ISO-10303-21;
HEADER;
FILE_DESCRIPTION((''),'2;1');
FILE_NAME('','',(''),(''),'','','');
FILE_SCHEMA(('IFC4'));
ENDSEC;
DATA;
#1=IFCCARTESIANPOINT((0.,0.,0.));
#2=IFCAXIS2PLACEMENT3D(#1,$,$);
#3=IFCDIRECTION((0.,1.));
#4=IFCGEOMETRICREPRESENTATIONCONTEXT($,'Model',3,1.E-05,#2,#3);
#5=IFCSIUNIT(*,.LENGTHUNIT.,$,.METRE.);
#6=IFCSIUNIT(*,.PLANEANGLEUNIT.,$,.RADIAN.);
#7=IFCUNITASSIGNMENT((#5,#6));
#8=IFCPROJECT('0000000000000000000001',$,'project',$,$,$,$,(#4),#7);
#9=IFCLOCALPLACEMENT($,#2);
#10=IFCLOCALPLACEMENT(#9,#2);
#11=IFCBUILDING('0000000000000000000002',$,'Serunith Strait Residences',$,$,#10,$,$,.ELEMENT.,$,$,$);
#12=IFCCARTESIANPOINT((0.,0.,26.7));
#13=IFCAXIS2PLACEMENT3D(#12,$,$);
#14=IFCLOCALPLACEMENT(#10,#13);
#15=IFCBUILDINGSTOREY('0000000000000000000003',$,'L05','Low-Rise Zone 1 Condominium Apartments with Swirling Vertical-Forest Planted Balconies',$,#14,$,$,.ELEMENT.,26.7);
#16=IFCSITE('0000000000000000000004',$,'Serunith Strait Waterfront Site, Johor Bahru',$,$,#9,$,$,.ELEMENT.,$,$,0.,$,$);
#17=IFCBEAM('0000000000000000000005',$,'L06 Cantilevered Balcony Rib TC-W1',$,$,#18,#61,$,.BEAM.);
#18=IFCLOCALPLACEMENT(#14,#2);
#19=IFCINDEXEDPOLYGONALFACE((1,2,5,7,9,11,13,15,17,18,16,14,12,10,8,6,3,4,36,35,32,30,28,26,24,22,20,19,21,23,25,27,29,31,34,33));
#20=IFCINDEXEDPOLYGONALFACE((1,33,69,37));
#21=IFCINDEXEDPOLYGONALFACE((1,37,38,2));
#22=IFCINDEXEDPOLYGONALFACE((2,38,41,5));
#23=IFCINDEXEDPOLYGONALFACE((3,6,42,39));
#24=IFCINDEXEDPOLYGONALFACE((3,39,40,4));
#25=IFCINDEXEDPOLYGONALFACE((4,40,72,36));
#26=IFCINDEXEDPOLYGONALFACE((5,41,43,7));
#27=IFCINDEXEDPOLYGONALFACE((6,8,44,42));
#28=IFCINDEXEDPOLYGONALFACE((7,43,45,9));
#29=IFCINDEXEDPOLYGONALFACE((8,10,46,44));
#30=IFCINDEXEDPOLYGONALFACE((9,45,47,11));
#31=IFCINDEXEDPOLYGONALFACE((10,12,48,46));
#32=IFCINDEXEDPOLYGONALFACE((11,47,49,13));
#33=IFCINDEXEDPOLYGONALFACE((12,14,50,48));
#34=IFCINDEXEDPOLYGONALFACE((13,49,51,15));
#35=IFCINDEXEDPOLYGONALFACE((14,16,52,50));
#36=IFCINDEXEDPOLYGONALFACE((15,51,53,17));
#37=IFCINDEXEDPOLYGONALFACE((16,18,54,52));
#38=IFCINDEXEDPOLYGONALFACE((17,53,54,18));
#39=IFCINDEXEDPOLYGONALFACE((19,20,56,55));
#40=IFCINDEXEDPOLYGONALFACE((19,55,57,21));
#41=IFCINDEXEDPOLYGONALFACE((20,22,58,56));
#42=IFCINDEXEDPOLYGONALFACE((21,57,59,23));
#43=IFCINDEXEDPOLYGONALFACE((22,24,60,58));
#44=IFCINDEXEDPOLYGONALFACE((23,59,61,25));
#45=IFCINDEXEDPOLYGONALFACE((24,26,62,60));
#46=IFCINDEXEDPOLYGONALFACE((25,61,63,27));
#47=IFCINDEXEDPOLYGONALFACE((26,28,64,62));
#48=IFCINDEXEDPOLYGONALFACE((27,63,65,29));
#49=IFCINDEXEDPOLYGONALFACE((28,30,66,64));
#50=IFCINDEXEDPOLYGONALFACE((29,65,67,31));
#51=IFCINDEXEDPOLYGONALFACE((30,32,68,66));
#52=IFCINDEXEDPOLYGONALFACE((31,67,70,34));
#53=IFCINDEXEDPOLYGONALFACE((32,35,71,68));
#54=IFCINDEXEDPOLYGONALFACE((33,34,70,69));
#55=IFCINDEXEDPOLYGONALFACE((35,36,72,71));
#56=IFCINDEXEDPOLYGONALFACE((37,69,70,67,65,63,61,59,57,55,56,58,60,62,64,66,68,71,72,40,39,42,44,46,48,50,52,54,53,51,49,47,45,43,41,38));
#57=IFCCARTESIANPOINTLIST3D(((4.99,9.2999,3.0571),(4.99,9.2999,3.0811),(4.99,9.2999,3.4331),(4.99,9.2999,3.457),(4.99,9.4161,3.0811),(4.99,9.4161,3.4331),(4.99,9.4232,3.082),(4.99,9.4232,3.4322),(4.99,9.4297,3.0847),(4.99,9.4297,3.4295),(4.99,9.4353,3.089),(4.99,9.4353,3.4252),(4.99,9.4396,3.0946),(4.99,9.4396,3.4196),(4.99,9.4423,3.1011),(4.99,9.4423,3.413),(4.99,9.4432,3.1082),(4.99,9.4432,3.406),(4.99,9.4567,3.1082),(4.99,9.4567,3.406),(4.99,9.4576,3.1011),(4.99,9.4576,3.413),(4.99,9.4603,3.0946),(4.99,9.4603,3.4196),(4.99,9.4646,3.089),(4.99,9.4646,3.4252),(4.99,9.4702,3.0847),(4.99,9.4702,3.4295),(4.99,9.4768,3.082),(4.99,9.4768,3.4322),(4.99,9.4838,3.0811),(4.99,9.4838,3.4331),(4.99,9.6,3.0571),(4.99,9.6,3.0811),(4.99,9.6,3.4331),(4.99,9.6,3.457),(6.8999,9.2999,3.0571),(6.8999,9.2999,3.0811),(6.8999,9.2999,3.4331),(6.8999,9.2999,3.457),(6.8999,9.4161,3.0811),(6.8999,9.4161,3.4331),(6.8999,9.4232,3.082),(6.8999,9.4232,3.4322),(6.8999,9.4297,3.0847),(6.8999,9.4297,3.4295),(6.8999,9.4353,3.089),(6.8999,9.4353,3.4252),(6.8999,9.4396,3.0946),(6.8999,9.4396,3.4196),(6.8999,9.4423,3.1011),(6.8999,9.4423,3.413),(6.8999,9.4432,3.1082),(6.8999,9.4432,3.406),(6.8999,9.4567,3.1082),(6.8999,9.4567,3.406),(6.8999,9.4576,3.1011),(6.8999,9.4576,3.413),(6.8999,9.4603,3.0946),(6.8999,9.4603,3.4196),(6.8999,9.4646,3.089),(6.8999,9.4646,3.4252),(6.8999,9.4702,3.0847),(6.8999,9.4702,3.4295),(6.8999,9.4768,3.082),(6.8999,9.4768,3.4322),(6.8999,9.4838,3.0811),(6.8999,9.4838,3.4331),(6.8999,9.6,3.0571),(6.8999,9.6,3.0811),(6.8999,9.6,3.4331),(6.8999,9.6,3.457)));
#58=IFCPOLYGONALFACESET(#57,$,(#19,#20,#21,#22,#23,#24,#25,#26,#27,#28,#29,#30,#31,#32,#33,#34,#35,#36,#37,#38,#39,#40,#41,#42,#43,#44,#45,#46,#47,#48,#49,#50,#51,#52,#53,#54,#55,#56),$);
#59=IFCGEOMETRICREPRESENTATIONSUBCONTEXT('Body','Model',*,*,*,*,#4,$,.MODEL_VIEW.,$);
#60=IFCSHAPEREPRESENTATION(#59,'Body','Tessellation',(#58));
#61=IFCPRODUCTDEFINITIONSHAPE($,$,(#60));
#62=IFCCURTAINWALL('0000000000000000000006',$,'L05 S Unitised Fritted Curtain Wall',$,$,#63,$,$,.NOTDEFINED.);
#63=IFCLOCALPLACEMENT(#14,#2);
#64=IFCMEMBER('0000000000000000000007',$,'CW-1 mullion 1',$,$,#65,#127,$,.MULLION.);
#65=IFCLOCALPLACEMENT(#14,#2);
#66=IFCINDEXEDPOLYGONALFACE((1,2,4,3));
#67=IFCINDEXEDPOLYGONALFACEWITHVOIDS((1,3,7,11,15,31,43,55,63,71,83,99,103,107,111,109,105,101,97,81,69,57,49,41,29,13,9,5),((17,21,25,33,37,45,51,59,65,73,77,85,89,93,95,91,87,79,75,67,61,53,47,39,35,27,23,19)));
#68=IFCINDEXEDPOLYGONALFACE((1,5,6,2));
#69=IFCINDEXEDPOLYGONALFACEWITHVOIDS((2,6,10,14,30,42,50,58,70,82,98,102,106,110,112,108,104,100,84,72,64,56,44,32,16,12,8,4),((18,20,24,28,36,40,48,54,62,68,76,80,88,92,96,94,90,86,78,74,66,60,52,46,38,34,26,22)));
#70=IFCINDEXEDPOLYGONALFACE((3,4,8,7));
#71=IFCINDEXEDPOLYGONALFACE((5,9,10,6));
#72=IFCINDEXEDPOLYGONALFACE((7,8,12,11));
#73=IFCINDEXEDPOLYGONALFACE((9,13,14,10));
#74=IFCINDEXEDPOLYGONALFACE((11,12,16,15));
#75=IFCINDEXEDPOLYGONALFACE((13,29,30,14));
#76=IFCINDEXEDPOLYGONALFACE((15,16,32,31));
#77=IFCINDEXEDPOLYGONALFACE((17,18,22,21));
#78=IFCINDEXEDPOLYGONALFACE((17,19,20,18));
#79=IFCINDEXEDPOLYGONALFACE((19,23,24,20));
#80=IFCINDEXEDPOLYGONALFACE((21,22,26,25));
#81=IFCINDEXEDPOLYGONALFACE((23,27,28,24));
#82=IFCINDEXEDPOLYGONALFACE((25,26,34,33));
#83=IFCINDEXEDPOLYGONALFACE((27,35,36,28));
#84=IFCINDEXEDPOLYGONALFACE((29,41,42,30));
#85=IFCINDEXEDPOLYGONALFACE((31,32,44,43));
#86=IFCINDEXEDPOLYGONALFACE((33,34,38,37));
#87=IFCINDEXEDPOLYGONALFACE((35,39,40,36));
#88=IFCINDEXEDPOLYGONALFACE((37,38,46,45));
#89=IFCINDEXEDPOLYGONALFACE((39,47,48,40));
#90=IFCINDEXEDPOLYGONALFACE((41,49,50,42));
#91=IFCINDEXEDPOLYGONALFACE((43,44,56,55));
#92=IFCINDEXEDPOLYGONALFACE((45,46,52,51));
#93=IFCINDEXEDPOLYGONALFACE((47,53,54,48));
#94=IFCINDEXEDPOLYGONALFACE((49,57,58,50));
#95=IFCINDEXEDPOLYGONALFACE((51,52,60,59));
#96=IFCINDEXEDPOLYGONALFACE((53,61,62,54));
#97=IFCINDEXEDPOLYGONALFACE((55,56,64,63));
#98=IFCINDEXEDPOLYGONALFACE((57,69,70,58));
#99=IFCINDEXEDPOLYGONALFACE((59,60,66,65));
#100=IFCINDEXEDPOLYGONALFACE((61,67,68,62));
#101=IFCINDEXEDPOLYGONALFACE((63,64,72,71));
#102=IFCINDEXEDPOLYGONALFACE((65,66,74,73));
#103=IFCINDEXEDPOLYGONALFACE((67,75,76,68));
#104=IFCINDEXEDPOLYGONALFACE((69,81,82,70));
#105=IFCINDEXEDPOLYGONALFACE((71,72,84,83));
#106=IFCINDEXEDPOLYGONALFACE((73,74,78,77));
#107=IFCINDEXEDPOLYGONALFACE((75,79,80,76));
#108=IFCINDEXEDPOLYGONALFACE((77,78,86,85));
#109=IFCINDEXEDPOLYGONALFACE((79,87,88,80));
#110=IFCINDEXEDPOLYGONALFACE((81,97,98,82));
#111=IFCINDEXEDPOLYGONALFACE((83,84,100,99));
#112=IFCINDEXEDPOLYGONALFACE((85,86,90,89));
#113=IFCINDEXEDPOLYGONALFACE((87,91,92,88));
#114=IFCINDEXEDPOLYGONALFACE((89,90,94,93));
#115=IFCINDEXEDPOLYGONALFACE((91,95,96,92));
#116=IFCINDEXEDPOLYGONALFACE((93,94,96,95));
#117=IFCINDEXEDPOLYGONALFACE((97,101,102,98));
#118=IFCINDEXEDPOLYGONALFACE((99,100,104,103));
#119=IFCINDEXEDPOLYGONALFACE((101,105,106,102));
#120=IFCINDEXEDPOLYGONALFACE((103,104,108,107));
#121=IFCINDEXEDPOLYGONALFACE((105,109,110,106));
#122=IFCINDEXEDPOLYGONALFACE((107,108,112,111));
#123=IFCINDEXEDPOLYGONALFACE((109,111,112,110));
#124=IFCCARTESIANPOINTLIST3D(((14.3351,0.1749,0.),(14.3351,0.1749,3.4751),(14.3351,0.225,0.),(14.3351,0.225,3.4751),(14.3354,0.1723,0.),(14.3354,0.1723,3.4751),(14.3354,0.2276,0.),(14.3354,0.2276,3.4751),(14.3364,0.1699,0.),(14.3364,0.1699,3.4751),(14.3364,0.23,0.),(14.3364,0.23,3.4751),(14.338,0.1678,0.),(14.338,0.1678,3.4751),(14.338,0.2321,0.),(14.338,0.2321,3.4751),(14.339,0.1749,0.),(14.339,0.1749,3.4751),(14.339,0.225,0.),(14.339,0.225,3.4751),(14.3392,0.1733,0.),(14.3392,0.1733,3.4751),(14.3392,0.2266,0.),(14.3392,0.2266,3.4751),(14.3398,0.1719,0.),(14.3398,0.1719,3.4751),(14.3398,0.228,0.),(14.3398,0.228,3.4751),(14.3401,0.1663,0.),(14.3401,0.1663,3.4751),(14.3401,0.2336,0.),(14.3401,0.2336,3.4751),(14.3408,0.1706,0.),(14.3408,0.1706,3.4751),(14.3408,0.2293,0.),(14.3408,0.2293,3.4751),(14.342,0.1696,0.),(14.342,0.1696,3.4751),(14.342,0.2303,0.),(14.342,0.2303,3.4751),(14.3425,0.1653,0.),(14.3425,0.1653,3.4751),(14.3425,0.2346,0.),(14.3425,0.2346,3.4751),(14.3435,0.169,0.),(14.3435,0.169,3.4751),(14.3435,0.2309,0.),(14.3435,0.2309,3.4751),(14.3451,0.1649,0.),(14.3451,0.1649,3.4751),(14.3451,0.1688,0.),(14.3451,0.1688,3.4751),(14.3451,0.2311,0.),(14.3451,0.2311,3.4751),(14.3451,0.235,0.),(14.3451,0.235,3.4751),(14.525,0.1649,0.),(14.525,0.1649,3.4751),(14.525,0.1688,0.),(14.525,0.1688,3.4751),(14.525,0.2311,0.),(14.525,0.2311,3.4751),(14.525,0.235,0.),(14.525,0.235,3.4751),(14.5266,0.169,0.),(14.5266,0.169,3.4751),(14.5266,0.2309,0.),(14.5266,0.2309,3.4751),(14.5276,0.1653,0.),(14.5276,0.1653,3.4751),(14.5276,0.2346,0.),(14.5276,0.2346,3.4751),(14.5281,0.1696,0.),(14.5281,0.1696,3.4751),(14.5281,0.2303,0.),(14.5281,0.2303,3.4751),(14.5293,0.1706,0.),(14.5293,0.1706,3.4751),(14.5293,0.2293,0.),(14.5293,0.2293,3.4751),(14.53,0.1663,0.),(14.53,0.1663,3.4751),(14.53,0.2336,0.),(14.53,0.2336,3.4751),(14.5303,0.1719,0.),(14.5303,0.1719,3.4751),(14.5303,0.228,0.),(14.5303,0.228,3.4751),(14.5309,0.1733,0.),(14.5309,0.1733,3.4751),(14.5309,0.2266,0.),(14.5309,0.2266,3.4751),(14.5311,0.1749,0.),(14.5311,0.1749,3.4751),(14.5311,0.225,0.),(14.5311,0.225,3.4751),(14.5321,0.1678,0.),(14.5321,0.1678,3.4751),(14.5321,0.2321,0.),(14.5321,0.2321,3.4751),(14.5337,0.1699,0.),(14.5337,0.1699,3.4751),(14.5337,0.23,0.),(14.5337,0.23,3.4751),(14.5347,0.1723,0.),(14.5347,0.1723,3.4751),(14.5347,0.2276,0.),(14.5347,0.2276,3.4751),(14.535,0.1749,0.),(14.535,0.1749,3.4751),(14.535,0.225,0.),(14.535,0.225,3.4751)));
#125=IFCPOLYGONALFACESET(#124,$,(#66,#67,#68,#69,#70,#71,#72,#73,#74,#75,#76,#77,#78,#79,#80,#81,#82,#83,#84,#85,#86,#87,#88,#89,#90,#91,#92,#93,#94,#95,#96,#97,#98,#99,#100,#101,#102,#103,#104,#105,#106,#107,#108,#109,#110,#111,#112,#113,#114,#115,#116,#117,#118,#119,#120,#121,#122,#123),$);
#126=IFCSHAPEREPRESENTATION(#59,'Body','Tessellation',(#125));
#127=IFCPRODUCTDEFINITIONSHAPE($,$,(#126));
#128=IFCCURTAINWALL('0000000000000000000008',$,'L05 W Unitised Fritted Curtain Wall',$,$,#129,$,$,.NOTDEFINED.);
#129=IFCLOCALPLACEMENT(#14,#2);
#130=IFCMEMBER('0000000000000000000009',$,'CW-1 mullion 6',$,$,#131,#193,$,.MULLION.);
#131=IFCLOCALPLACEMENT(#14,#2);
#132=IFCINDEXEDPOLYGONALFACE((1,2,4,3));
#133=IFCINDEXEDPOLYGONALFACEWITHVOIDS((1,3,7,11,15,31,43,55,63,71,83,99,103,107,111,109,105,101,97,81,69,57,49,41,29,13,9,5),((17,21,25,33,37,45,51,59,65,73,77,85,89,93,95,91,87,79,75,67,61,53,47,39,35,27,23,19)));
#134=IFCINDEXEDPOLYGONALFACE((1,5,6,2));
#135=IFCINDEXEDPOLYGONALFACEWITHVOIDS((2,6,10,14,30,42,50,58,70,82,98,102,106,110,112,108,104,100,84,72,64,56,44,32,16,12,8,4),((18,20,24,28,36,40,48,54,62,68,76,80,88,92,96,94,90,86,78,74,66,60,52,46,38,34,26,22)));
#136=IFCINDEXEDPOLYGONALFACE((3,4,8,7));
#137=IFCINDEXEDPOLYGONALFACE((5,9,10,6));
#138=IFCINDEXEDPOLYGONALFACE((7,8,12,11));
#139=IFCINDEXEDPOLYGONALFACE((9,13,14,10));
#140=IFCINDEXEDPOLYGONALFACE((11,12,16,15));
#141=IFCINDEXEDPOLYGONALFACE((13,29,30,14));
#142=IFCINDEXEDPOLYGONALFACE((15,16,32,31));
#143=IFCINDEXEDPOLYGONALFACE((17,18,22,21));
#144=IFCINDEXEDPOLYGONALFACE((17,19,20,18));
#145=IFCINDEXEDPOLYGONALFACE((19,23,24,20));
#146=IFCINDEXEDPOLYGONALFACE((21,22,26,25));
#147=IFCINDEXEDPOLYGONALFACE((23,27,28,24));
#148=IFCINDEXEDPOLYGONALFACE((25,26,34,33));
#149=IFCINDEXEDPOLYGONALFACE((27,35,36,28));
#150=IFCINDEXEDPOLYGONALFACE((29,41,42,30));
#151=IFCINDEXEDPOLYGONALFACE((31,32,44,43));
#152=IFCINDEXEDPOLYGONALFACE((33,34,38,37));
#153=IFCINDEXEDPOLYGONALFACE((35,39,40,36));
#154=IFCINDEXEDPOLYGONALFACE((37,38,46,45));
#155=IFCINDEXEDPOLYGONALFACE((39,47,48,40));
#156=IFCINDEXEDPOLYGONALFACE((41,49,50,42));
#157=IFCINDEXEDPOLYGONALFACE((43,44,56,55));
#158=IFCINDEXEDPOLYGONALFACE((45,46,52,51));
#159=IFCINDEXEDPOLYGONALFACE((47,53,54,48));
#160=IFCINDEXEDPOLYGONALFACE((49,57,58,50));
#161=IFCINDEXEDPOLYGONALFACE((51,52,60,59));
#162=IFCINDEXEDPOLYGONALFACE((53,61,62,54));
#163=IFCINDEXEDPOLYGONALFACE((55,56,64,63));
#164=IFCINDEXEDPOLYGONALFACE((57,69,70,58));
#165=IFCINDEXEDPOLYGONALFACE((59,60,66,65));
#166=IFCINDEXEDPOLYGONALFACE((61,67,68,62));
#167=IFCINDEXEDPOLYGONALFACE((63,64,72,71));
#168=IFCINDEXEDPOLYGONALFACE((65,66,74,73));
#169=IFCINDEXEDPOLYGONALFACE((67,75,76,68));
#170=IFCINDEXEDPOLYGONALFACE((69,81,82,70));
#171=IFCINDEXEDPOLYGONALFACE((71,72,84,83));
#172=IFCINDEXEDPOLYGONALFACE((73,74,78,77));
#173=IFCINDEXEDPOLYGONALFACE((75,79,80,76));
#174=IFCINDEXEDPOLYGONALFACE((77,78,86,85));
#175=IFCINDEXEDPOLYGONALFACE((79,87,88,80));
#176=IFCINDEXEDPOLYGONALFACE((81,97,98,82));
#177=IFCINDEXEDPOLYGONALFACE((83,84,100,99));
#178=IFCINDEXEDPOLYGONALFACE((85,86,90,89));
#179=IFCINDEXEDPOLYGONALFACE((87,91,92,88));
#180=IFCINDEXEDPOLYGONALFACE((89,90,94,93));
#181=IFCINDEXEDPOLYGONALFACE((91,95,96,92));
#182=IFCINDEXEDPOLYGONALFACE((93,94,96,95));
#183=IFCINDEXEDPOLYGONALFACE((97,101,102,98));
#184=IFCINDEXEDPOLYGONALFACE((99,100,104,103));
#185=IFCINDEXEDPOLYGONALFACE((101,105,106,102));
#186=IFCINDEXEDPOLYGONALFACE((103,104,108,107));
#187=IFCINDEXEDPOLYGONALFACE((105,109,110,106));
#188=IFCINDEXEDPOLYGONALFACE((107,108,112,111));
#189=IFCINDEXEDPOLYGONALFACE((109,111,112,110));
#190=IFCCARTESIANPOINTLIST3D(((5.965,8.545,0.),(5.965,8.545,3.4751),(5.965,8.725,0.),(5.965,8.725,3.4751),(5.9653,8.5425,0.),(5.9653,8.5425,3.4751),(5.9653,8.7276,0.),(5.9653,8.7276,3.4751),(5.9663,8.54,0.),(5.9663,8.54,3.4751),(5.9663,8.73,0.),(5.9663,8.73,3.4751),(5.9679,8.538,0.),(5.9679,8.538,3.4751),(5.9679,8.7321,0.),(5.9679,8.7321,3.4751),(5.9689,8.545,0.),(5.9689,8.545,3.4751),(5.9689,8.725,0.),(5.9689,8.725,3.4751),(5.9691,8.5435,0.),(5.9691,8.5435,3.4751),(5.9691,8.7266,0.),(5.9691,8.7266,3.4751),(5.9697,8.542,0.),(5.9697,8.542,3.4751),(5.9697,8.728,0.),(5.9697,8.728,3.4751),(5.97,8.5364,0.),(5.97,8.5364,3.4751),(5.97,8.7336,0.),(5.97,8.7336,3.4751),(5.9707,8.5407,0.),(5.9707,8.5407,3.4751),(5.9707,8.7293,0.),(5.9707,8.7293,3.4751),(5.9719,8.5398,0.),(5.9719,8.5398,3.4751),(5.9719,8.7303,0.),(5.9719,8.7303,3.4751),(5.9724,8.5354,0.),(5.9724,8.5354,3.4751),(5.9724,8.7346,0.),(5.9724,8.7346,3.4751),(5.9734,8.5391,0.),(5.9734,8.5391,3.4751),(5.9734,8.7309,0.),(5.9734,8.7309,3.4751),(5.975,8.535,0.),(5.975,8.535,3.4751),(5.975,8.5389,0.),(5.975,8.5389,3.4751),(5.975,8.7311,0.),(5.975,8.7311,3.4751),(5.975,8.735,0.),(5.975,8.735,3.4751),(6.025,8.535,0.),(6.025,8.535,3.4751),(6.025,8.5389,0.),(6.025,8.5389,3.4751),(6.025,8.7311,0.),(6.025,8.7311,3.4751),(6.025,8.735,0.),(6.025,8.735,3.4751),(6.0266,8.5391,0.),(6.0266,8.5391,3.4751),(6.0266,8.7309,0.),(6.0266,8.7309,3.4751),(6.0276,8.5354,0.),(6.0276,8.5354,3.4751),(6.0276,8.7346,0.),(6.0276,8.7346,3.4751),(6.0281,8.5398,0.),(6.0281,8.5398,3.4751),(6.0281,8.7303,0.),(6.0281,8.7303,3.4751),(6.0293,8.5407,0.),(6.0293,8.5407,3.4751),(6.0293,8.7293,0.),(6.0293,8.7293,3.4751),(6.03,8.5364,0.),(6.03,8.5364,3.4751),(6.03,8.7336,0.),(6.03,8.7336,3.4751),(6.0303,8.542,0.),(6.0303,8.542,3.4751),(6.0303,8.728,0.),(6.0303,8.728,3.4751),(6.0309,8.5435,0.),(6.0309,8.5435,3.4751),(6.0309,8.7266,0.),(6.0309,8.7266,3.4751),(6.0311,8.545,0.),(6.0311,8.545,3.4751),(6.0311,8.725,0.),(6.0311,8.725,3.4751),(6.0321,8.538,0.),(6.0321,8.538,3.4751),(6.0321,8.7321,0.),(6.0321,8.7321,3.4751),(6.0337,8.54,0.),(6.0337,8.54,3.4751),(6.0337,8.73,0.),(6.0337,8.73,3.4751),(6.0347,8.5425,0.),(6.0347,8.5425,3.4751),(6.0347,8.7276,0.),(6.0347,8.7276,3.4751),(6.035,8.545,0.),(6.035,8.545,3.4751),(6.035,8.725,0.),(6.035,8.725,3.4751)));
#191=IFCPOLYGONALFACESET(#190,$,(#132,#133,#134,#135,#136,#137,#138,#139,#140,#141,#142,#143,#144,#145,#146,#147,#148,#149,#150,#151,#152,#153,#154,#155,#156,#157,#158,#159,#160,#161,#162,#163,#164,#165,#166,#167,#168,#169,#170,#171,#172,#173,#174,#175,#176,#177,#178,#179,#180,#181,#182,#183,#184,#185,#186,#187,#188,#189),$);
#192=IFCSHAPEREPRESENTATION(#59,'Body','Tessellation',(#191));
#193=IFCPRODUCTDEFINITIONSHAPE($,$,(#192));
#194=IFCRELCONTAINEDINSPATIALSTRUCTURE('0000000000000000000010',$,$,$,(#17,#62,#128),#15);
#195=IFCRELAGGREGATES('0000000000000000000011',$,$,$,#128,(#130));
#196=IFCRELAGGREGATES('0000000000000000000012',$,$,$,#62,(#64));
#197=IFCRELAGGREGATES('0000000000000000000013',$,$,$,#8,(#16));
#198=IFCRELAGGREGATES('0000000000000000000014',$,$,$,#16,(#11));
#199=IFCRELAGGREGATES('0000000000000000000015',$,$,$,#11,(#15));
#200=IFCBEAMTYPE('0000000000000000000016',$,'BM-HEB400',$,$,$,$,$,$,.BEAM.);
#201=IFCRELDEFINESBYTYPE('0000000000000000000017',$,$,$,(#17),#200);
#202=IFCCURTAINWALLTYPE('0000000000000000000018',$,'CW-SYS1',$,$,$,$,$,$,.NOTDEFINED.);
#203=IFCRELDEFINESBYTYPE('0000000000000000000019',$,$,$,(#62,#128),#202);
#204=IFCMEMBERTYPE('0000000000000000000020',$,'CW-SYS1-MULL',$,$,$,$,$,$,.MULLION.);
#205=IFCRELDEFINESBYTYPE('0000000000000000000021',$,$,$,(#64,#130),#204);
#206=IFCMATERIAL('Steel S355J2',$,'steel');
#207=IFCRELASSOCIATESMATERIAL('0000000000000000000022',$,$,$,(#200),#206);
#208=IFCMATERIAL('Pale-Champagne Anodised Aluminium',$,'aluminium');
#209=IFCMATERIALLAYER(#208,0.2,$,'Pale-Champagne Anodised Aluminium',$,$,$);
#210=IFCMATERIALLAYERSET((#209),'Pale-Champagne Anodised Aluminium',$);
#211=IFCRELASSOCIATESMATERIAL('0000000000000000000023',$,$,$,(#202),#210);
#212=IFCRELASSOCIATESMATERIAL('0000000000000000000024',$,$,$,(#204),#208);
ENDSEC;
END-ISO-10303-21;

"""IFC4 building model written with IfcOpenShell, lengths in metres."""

from ifc_helpers import new_model, si_unit, direction, frame, origin, origin_2d, place, context, subcontext, project, spatial, hollow_rectangle, i_section, extrude, source, transform, mapped, material, layer, layer_set, material_profile, profile_set, type_object, element, aggregate, save


model = new_model("IFC4")

# Units and contexts
model_context = context("Model", 3, precision=1e-05, world=origin(), true_north=direction((0.0, 1.0)))
body_context = subcontext(model_context, "Body", "Model", "MODEL_VIEW")
ifc_project = project(units=[si_unit("LENGTHUNIT", "METRE"), si_unit("PLANEANGLEUNIT", "RADIAN")], contexts=[model_context])

# Site, building, storey
site_placement = place(None, origin())
site = spatial("IfcSite", under=ifc_project, at=site_placement, Name="Serunith Strait Waterfront Site, Johor Bahru", CompositionType="ELEMENT", RefElevation=0.0)
building_placement = place(site_placement, origin())
building = spatial("IfcBuilding", under=site, at=building_placement, Name="Serunith Strait Residences", CompositionType="ELEMENT")
storey_placement = place(building_placement, frame((0.0, 0.0, 26.7)))
storey = spatial("IfcBuildingStorey", under=building, at=storey_placement, Name="L05", Description="Low-Rise Zone 1 Condominium Apartments with Swirling Vertical-Forest Planted Balconies", CompositionType="ELEMENT", Elevation=26.7)

# Beam
ifc_material_1 = material(Name="Steel S355J2", Category="steel")
ifc_material_profile_1 = material_profile(ifc_material_1, i_section(OverallWidth=0.3, OverallDepth=0.3999, WebThickness=0.0134, FlangeThickness=0.0239, FilletRadius=0.0271, at=origin_2d()), Name="HEB 400")
ifc_profile_set_1 = profile_set([ifc_material_profile_1], Name="Steel S355J2")
beam_type_1 = type_object("IfcBeamType", Name="BM-HEB400", PredefinedType="BEAM", material=ifc_profile_set_1)
shared_shape_1 = source(origin(), body_context, "Body", "SweptSolid", [
    extrude(i_section(OverallWidth=0.3, OverallDepth=0.3999, WebThickness=0.0134, FlangeThickness=0.0239, FilletRadius=0.0271, at=origin_2d()), origin(), (0.0, 0.0, 1.0), 1.9099),
])
beam_1_placement = place(storey_placement, frame((6.8999, 9.45, 3.2571), z_axis=(-1.0, 0.0, 0.0), x_axis=(0.0, -1.0, 0.0)))
element("IfcBeam", 1, at=beam_1_placement, inside=storey, type_object=beam_type_1, Name="L06 Cantilevered Balcony Rib TC-W1", PredefinedType="BEAM", context=body_context, shape_type="MappedRepresentation", body=[
    mapped(shared_shape_1, transform((0.0, 0.0, 0.0), scale=1.0)),
])

# Curtain walls, members
ifc_material_2 = material(Name="Pale-Champagne Anodised Aluminium", Category="aluminium")
ifc_layer_1 = layer(ifc_material_2, 0.2, Name="Pale-Champagne Anodised Aluminium")
ifc_layer_set_1 = layer_set([ifc_layer_1], Name="Pale-Champagne Anodised Aluminium")
curtain_wall_type = type_object("IfcCurtainWallType", Name="CW-SYS1", PredefinedType="NOTDEFINED", material=ifc_layer_set_1)
curtain_wall_1_placement = place(storey_placement, origin())
curtain_wall_1 = element("IfcCurtainWall", 2, at=curtain_wall_1_placement, inside=storey, type_object=curtain_wall_type, Name="L05 S Unitised Fritted Curtain Wall", PredefinedType="NOTDEFINED")
ifc_material_profile_2 = material_profile(ifc_material_2, hollow_rectangle(XDim=0.0701, YDim=0.2, WallThickness=0.0039, InnerFilletRadius=0.0061, OuterFilletRadius=0.01, at=origin_2d()), Name="ALU 200x70x4")
ifc_profile_set_2 = profile_set([ifc_material_profile_2], Name="Pale-Champagne Anodised Aluminium")
member_type_1 = type_object("IfcMemberType", Name="CW-SYS1-MULL", PredefinedType="MULLION", material=ifc_profile_set_2)
shared_shape_2 = source(origin(), body_context, "Body", "SweptSolid", [
    extrude(hollow_rectangle(XDim=0.0701, YDim=0.2, WallThickness=0.0039, InnerFilletRadius=0.0061, OuterFilletRadius=0.01, at=origin_2d()), origin(), (0.0, 0.0, 1.0), 3.4751),
])
member_1_placement = place(storey_placement, frame((14.4351, 0.2, 0.0), z_axis=(0.0, 0.0, 1.0), x_axis=(0.0, 1.0, 0.0)))
member_1 = element("IfcMember", 3, at=member_1_placement, type_object=member_type_1, Name="CW-1 mullion 1", PredefinedType="MULLION", context=body_context, shape_type="MappedRepresentation", body=[
    mapped(shared_shape_2, transform((0.0, 0.0, 0.0), scale=1.0)),
])
curtain_wall_2_placement = place(storey_placement, origin())
curtain_wall_2 = element("IfcCurtainWall", 4, at=curtain_wall_2_placement, inside=storey, type_object=curtain_wall_type, Name="L05 W Unitised Fritted Curtain Wall", PredefinedType="NOTDEFINED")
member_2_placement = place(storey_placement, frame((6.0, 8.635, 0.0), z_axis=(0.0, 0.0, 1.0), x_axis=(1.0, 0.0, 0.0)))
member_2 = element("IfcMember", 5, at=member_2_placement, type_object=member_type_1, Name="CW-1 mullion 6", PredefinedType="MULLION", context=body_context, shape_type="MappedRepresentation", body=[
    mapped(shared_shape_2, transform((0.0, 0.0, 0.0), scale=1.0)),
])
aggregate(curtain_wall_2, [member_2])

aggregate(curtain_wall_1, [member_1])

save(model, "model.ifc")
